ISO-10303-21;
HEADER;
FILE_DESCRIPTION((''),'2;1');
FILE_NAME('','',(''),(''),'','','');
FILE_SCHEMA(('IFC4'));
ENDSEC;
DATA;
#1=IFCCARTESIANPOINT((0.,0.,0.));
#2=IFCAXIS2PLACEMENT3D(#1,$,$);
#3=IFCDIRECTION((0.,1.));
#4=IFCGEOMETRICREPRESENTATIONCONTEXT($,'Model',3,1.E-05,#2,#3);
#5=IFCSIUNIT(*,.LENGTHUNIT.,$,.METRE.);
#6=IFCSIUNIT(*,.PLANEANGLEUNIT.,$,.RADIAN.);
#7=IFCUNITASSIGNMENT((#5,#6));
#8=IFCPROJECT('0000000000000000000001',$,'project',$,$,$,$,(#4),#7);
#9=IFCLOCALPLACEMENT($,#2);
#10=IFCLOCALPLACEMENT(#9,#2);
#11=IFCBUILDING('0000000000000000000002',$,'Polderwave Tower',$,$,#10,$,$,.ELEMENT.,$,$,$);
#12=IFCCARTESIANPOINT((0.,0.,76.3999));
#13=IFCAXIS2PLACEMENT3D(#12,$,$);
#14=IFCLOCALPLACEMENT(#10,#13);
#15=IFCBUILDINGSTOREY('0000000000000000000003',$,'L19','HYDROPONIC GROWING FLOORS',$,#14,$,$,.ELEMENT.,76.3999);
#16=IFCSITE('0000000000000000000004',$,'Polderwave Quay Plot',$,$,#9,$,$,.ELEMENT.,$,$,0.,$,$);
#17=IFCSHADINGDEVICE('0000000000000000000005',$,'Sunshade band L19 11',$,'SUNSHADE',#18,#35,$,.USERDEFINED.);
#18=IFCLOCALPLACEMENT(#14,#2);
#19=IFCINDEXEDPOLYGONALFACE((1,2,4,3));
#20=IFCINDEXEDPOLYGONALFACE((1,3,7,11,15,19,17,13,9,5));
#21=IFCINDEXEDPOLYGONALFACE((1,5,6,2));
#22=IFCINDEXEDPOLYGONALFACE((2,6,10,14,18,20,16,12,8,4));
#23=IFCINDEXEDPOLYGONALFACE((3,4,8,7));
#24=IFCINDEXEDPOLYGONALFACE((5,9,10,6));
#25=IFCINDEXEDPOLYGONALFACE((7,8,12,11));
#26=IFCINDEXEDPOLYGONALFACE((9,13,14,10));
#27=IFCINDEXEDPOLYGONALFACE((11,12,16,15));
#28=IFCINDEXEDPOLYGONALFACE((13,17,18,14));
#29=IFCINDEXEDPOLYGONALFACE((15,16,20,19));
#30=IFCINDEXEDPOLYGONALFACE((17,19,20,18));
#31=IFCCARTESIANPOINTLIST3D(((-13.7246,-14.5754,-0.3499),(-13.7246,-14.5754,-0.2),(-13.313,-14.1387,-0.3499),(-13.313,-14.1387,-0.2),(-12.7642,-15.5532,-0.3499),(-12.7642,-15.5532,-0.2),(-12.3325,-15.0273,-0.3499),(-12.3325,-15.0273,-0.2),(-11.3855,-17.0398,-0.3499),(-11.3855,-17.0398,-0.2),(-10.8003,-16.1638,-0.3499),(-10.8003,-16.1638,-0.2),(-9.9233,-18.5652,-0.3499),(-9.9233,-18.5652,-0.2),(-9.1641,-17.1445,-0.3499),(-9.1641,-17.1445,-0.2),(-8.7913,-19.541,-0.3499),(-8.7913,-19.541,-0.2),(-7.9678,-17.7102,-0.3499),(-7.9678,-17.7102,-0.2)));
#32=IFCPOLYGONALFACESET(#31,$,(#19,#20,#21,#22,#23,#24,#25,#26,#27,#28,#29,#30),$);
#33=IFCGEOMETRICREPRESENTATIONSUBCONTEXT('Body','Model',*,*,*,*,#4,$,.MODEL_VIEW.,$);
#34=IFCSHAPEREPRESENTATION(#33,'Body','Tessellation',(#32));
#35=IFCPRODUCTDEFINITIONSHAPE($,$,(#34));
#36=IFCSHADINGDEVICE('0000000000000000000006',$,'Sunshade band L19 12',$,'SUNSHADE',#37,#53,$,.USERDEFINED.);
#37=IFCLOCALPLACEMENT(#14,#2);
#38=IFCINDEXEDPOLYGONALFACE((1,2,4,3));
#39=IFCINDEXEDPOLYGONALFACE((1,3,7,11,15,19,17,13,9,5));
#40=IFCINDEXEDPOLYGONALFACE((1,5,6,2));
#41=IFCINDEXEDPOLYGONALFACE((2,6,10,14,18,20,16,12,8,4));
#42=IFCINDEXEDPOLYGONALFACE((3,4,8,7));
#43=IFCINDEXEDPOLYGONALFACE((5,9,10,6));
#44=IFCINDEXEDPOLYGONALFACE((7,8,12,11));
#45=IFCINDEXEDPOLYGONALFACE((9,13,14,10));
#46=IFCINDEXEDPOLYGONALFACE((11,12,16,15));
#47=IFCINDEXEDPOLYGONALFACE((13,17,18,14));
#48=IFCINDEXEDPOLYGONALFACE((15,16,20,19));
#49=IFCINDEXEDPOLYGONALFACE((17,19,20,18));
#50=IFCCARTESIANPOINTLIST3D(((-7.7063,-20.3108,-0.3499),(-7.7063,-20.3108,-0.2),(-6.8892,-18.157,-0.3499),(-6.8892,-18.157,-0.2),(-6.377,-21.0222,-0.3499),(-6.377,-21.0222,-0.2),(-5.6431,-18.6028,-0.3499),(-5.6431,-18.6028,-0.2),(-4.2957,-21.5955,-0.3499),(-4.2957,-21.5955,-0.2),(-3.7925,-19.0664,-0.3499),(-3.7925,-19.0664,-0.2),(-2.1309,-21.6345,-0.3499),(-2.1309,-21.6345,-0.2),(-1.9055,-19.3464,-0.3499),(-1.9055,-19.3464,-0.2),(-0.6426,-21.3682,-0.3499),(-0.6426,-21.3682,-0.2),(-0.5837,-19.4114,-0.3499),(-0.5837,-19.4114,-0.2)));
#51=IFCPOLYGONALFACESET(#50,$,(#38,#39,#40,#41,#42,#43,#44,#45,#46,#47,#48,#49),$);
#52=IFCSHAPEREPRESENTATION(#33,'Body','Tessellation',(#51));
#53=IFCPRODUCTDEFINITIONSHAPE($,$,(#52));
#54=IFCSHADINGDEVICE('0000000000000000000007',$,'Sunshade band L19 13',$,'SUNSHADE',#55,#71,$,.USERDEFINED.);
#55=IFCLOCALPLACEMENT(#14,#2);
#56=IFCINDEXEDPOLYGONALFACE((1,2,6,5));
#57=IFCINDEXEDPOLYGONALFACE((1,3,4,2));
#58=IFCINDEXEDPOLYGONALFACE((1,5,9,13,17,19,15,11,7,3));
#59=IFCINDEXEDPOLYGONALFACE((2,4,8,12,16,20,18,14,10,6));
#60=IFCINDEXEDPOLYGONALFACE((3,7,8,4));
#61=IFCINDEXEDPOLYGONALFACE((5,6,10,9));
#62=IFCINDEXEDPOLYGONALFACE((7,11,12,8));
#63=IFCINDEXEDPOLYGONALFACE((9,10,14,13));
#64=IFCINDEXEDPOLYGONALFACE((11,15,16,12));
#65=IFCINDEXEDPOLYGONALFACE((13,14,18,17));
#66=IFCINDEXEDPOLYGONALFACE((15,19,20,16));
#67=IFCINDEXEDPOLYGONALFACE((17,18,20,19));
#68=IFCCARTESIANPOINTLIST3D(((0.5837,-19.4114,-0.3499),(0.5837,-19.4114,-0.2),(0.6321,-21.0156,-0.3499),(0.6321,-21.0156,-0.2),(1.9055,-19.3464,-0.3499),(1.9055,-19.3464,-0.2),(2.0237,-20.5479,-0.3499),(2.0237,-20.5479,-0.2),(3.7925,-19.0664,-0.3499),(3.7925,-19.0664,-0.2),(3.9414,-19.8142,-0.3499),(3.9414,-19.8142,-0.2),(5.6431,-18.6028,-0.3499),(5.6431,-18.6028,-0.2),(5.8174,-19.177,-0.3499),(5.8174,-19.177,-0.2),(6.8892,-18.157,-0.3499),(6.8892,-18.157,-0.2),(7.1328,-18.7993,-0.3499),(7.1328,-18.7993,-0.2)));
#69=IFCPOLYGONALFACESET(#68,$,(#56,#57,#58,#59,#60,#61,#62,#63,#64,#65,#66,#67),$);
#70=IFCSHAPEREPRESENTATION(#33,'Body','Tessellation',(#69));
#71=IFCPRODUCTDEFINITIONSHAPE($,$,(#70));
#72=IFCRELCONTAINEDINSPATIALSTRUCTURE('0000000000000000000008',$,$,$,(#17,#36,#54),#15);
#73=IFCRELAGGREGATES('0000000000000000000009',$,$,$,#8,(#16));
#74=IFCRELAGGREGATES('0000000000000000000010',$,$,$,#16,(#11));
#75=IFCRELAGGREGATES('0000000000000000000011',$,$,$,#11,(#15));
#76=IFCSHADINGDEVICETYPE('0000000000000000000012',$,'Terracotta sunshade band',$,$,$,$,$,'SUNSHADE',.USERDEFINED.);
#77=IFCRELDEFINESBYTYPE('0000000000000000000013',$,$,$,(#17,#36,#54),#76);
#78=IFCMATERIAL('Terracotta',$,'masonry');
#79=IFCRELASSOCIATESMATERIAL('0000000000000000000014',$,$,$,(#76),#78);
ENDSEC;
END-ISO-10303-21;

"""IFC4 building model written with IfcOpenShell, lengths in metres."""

from ifc_helpers import new_model, si_unit, direction, frame, origin, place, context, subcontext, project, spatial, polyline, outline, extrude, material, type_object, element, save


model = new_model("IFC4")

# Units and contexts
model_context = context("Model", 3, precision=1e-05, world=origin(), true_north=direction((0.0, 1.0)))
body_context = subcontext(model_context, "Body", "Model", "MODEL_VIEW")
ifc_project = project(units=[si_unit("LENGTHUNIT", "METRE"), si_unit("PLANEANGLEUNIT", "RADIAN")], contexts=[model_context])

# Site, building, storey
site_placement = place(None, origin())
site = spatial("IfcSite", under=ifc_project, at=site_placement, Name="Polderwave Quay Plot", CompositionType="ELEMENT", RefElevation=0.0)
building_placement = place(site_placement, origin())
building = spatial("IfcBuilding", under=site, at=building_placement, Name="Polderwave Tower", CompositionType="ELEMENT")
storey_placement = place(building_placement, frame((0.0, 0.0, 76.3999)))
storey = spatial("IfcBuildingStorey", under=building, at=storey_placement, Name="L19", Description="HYDROPONIC GROWING FLOORS", CompositionType="ELEMENT", Elevation=76.3999)

# Shading devices
ifc_material_1 = material(Name="Terracotta", Category="masonry")
shading_device_type = type_object("IfcShadingDeviceType", Name="Terracotta sunshade band", ElementType="SUNSHADE", PredefinedType="USERDEFINED", material=ifc_material_1)
shading_device_1_placement = place(storey_placement, frame((0.0, 0.0, -0.3499)))
element("IfcShadingDevice", 1, at=shading_device_1_placement, inside=storey, type_object=shading_device_type, Name="Sunshade band L19 11", ObjectType="SUNSHADE", PredefinedType="USERDEFINED", context=body_context, shape_type="SweptSolid", body=[
    extrude(outline(polyline([(-13.313, -14.1387), (-12.3325, -15.0273), (-10.8003, -16.1638), (-9.1641, -17.1445), (-7.9678, -17.7102), (-8.7913, -19.541), (-9.9233, -18.5652), (-11.3855, -17.0398), (-12.7642, -15.5532), (-13.7246, -14.5754), (-13.313, -14.1387)])), origin(), (0.0, 0.0, 1.0), 0.1499),
])
shading_device_2_placement = place(storey_placement, frame((0.0, 0.0, -0.3499)))
element("IfcShadingDevice", 2, at=shading_device_2_placement, inside=storey, type_object=shading_device_type, Name="Sunshade band L19 12", ObjectType="SUNSHADE", PredefinedType="USERDEFINED", context=body_context, shape_type="SweptSolid", body=[
    extrude(outline(polyline([(-6.8892, -18.157), (-5.6431, -18.6028), (-3.7925, -19.0664), (-1.9055, -19.3464), (-0.5837, -19.4114), (-0.6426, -21.3682), (-2.1309, -21.6345), (-4.2957, -21.5955), (-6.377, -21.0222), (-7.7063, -20.3108), (-6.8892, -18.157)])), origin(), (0.0, 0.0, 1.0), 0.1499),
])
shading_device_3_placement = place(storey_placement, frame((0.0, 0.0, -0.3499)))
element("IfcShadingDevice", 3, at=shading_device_3_placement, inside=storey, type_object=shading_device_type, Name="Sunshade band L19 13", ObjectType="SUNSHADE", PredefinedType="USERDEFINED", context=body_context, shape_type="SweptSolid", body=[
    extrude(outline(polyline([(0.5837, -19.4114), (1.9055, -19.3464), (3.7925, -19.0664), (5.6431, -18.6028), (6.8892, -18.157), (7.1328, -18.7993), (5.8174, -19.177), (3.9414, -19.8142), (2.0237, -20.5479), (0.6321, -21.0156), (0.5837, -19.4114)])), origin(), (0.0, 0.0, 1.0), 0.1499),
])

save(model, "model.ifc")
